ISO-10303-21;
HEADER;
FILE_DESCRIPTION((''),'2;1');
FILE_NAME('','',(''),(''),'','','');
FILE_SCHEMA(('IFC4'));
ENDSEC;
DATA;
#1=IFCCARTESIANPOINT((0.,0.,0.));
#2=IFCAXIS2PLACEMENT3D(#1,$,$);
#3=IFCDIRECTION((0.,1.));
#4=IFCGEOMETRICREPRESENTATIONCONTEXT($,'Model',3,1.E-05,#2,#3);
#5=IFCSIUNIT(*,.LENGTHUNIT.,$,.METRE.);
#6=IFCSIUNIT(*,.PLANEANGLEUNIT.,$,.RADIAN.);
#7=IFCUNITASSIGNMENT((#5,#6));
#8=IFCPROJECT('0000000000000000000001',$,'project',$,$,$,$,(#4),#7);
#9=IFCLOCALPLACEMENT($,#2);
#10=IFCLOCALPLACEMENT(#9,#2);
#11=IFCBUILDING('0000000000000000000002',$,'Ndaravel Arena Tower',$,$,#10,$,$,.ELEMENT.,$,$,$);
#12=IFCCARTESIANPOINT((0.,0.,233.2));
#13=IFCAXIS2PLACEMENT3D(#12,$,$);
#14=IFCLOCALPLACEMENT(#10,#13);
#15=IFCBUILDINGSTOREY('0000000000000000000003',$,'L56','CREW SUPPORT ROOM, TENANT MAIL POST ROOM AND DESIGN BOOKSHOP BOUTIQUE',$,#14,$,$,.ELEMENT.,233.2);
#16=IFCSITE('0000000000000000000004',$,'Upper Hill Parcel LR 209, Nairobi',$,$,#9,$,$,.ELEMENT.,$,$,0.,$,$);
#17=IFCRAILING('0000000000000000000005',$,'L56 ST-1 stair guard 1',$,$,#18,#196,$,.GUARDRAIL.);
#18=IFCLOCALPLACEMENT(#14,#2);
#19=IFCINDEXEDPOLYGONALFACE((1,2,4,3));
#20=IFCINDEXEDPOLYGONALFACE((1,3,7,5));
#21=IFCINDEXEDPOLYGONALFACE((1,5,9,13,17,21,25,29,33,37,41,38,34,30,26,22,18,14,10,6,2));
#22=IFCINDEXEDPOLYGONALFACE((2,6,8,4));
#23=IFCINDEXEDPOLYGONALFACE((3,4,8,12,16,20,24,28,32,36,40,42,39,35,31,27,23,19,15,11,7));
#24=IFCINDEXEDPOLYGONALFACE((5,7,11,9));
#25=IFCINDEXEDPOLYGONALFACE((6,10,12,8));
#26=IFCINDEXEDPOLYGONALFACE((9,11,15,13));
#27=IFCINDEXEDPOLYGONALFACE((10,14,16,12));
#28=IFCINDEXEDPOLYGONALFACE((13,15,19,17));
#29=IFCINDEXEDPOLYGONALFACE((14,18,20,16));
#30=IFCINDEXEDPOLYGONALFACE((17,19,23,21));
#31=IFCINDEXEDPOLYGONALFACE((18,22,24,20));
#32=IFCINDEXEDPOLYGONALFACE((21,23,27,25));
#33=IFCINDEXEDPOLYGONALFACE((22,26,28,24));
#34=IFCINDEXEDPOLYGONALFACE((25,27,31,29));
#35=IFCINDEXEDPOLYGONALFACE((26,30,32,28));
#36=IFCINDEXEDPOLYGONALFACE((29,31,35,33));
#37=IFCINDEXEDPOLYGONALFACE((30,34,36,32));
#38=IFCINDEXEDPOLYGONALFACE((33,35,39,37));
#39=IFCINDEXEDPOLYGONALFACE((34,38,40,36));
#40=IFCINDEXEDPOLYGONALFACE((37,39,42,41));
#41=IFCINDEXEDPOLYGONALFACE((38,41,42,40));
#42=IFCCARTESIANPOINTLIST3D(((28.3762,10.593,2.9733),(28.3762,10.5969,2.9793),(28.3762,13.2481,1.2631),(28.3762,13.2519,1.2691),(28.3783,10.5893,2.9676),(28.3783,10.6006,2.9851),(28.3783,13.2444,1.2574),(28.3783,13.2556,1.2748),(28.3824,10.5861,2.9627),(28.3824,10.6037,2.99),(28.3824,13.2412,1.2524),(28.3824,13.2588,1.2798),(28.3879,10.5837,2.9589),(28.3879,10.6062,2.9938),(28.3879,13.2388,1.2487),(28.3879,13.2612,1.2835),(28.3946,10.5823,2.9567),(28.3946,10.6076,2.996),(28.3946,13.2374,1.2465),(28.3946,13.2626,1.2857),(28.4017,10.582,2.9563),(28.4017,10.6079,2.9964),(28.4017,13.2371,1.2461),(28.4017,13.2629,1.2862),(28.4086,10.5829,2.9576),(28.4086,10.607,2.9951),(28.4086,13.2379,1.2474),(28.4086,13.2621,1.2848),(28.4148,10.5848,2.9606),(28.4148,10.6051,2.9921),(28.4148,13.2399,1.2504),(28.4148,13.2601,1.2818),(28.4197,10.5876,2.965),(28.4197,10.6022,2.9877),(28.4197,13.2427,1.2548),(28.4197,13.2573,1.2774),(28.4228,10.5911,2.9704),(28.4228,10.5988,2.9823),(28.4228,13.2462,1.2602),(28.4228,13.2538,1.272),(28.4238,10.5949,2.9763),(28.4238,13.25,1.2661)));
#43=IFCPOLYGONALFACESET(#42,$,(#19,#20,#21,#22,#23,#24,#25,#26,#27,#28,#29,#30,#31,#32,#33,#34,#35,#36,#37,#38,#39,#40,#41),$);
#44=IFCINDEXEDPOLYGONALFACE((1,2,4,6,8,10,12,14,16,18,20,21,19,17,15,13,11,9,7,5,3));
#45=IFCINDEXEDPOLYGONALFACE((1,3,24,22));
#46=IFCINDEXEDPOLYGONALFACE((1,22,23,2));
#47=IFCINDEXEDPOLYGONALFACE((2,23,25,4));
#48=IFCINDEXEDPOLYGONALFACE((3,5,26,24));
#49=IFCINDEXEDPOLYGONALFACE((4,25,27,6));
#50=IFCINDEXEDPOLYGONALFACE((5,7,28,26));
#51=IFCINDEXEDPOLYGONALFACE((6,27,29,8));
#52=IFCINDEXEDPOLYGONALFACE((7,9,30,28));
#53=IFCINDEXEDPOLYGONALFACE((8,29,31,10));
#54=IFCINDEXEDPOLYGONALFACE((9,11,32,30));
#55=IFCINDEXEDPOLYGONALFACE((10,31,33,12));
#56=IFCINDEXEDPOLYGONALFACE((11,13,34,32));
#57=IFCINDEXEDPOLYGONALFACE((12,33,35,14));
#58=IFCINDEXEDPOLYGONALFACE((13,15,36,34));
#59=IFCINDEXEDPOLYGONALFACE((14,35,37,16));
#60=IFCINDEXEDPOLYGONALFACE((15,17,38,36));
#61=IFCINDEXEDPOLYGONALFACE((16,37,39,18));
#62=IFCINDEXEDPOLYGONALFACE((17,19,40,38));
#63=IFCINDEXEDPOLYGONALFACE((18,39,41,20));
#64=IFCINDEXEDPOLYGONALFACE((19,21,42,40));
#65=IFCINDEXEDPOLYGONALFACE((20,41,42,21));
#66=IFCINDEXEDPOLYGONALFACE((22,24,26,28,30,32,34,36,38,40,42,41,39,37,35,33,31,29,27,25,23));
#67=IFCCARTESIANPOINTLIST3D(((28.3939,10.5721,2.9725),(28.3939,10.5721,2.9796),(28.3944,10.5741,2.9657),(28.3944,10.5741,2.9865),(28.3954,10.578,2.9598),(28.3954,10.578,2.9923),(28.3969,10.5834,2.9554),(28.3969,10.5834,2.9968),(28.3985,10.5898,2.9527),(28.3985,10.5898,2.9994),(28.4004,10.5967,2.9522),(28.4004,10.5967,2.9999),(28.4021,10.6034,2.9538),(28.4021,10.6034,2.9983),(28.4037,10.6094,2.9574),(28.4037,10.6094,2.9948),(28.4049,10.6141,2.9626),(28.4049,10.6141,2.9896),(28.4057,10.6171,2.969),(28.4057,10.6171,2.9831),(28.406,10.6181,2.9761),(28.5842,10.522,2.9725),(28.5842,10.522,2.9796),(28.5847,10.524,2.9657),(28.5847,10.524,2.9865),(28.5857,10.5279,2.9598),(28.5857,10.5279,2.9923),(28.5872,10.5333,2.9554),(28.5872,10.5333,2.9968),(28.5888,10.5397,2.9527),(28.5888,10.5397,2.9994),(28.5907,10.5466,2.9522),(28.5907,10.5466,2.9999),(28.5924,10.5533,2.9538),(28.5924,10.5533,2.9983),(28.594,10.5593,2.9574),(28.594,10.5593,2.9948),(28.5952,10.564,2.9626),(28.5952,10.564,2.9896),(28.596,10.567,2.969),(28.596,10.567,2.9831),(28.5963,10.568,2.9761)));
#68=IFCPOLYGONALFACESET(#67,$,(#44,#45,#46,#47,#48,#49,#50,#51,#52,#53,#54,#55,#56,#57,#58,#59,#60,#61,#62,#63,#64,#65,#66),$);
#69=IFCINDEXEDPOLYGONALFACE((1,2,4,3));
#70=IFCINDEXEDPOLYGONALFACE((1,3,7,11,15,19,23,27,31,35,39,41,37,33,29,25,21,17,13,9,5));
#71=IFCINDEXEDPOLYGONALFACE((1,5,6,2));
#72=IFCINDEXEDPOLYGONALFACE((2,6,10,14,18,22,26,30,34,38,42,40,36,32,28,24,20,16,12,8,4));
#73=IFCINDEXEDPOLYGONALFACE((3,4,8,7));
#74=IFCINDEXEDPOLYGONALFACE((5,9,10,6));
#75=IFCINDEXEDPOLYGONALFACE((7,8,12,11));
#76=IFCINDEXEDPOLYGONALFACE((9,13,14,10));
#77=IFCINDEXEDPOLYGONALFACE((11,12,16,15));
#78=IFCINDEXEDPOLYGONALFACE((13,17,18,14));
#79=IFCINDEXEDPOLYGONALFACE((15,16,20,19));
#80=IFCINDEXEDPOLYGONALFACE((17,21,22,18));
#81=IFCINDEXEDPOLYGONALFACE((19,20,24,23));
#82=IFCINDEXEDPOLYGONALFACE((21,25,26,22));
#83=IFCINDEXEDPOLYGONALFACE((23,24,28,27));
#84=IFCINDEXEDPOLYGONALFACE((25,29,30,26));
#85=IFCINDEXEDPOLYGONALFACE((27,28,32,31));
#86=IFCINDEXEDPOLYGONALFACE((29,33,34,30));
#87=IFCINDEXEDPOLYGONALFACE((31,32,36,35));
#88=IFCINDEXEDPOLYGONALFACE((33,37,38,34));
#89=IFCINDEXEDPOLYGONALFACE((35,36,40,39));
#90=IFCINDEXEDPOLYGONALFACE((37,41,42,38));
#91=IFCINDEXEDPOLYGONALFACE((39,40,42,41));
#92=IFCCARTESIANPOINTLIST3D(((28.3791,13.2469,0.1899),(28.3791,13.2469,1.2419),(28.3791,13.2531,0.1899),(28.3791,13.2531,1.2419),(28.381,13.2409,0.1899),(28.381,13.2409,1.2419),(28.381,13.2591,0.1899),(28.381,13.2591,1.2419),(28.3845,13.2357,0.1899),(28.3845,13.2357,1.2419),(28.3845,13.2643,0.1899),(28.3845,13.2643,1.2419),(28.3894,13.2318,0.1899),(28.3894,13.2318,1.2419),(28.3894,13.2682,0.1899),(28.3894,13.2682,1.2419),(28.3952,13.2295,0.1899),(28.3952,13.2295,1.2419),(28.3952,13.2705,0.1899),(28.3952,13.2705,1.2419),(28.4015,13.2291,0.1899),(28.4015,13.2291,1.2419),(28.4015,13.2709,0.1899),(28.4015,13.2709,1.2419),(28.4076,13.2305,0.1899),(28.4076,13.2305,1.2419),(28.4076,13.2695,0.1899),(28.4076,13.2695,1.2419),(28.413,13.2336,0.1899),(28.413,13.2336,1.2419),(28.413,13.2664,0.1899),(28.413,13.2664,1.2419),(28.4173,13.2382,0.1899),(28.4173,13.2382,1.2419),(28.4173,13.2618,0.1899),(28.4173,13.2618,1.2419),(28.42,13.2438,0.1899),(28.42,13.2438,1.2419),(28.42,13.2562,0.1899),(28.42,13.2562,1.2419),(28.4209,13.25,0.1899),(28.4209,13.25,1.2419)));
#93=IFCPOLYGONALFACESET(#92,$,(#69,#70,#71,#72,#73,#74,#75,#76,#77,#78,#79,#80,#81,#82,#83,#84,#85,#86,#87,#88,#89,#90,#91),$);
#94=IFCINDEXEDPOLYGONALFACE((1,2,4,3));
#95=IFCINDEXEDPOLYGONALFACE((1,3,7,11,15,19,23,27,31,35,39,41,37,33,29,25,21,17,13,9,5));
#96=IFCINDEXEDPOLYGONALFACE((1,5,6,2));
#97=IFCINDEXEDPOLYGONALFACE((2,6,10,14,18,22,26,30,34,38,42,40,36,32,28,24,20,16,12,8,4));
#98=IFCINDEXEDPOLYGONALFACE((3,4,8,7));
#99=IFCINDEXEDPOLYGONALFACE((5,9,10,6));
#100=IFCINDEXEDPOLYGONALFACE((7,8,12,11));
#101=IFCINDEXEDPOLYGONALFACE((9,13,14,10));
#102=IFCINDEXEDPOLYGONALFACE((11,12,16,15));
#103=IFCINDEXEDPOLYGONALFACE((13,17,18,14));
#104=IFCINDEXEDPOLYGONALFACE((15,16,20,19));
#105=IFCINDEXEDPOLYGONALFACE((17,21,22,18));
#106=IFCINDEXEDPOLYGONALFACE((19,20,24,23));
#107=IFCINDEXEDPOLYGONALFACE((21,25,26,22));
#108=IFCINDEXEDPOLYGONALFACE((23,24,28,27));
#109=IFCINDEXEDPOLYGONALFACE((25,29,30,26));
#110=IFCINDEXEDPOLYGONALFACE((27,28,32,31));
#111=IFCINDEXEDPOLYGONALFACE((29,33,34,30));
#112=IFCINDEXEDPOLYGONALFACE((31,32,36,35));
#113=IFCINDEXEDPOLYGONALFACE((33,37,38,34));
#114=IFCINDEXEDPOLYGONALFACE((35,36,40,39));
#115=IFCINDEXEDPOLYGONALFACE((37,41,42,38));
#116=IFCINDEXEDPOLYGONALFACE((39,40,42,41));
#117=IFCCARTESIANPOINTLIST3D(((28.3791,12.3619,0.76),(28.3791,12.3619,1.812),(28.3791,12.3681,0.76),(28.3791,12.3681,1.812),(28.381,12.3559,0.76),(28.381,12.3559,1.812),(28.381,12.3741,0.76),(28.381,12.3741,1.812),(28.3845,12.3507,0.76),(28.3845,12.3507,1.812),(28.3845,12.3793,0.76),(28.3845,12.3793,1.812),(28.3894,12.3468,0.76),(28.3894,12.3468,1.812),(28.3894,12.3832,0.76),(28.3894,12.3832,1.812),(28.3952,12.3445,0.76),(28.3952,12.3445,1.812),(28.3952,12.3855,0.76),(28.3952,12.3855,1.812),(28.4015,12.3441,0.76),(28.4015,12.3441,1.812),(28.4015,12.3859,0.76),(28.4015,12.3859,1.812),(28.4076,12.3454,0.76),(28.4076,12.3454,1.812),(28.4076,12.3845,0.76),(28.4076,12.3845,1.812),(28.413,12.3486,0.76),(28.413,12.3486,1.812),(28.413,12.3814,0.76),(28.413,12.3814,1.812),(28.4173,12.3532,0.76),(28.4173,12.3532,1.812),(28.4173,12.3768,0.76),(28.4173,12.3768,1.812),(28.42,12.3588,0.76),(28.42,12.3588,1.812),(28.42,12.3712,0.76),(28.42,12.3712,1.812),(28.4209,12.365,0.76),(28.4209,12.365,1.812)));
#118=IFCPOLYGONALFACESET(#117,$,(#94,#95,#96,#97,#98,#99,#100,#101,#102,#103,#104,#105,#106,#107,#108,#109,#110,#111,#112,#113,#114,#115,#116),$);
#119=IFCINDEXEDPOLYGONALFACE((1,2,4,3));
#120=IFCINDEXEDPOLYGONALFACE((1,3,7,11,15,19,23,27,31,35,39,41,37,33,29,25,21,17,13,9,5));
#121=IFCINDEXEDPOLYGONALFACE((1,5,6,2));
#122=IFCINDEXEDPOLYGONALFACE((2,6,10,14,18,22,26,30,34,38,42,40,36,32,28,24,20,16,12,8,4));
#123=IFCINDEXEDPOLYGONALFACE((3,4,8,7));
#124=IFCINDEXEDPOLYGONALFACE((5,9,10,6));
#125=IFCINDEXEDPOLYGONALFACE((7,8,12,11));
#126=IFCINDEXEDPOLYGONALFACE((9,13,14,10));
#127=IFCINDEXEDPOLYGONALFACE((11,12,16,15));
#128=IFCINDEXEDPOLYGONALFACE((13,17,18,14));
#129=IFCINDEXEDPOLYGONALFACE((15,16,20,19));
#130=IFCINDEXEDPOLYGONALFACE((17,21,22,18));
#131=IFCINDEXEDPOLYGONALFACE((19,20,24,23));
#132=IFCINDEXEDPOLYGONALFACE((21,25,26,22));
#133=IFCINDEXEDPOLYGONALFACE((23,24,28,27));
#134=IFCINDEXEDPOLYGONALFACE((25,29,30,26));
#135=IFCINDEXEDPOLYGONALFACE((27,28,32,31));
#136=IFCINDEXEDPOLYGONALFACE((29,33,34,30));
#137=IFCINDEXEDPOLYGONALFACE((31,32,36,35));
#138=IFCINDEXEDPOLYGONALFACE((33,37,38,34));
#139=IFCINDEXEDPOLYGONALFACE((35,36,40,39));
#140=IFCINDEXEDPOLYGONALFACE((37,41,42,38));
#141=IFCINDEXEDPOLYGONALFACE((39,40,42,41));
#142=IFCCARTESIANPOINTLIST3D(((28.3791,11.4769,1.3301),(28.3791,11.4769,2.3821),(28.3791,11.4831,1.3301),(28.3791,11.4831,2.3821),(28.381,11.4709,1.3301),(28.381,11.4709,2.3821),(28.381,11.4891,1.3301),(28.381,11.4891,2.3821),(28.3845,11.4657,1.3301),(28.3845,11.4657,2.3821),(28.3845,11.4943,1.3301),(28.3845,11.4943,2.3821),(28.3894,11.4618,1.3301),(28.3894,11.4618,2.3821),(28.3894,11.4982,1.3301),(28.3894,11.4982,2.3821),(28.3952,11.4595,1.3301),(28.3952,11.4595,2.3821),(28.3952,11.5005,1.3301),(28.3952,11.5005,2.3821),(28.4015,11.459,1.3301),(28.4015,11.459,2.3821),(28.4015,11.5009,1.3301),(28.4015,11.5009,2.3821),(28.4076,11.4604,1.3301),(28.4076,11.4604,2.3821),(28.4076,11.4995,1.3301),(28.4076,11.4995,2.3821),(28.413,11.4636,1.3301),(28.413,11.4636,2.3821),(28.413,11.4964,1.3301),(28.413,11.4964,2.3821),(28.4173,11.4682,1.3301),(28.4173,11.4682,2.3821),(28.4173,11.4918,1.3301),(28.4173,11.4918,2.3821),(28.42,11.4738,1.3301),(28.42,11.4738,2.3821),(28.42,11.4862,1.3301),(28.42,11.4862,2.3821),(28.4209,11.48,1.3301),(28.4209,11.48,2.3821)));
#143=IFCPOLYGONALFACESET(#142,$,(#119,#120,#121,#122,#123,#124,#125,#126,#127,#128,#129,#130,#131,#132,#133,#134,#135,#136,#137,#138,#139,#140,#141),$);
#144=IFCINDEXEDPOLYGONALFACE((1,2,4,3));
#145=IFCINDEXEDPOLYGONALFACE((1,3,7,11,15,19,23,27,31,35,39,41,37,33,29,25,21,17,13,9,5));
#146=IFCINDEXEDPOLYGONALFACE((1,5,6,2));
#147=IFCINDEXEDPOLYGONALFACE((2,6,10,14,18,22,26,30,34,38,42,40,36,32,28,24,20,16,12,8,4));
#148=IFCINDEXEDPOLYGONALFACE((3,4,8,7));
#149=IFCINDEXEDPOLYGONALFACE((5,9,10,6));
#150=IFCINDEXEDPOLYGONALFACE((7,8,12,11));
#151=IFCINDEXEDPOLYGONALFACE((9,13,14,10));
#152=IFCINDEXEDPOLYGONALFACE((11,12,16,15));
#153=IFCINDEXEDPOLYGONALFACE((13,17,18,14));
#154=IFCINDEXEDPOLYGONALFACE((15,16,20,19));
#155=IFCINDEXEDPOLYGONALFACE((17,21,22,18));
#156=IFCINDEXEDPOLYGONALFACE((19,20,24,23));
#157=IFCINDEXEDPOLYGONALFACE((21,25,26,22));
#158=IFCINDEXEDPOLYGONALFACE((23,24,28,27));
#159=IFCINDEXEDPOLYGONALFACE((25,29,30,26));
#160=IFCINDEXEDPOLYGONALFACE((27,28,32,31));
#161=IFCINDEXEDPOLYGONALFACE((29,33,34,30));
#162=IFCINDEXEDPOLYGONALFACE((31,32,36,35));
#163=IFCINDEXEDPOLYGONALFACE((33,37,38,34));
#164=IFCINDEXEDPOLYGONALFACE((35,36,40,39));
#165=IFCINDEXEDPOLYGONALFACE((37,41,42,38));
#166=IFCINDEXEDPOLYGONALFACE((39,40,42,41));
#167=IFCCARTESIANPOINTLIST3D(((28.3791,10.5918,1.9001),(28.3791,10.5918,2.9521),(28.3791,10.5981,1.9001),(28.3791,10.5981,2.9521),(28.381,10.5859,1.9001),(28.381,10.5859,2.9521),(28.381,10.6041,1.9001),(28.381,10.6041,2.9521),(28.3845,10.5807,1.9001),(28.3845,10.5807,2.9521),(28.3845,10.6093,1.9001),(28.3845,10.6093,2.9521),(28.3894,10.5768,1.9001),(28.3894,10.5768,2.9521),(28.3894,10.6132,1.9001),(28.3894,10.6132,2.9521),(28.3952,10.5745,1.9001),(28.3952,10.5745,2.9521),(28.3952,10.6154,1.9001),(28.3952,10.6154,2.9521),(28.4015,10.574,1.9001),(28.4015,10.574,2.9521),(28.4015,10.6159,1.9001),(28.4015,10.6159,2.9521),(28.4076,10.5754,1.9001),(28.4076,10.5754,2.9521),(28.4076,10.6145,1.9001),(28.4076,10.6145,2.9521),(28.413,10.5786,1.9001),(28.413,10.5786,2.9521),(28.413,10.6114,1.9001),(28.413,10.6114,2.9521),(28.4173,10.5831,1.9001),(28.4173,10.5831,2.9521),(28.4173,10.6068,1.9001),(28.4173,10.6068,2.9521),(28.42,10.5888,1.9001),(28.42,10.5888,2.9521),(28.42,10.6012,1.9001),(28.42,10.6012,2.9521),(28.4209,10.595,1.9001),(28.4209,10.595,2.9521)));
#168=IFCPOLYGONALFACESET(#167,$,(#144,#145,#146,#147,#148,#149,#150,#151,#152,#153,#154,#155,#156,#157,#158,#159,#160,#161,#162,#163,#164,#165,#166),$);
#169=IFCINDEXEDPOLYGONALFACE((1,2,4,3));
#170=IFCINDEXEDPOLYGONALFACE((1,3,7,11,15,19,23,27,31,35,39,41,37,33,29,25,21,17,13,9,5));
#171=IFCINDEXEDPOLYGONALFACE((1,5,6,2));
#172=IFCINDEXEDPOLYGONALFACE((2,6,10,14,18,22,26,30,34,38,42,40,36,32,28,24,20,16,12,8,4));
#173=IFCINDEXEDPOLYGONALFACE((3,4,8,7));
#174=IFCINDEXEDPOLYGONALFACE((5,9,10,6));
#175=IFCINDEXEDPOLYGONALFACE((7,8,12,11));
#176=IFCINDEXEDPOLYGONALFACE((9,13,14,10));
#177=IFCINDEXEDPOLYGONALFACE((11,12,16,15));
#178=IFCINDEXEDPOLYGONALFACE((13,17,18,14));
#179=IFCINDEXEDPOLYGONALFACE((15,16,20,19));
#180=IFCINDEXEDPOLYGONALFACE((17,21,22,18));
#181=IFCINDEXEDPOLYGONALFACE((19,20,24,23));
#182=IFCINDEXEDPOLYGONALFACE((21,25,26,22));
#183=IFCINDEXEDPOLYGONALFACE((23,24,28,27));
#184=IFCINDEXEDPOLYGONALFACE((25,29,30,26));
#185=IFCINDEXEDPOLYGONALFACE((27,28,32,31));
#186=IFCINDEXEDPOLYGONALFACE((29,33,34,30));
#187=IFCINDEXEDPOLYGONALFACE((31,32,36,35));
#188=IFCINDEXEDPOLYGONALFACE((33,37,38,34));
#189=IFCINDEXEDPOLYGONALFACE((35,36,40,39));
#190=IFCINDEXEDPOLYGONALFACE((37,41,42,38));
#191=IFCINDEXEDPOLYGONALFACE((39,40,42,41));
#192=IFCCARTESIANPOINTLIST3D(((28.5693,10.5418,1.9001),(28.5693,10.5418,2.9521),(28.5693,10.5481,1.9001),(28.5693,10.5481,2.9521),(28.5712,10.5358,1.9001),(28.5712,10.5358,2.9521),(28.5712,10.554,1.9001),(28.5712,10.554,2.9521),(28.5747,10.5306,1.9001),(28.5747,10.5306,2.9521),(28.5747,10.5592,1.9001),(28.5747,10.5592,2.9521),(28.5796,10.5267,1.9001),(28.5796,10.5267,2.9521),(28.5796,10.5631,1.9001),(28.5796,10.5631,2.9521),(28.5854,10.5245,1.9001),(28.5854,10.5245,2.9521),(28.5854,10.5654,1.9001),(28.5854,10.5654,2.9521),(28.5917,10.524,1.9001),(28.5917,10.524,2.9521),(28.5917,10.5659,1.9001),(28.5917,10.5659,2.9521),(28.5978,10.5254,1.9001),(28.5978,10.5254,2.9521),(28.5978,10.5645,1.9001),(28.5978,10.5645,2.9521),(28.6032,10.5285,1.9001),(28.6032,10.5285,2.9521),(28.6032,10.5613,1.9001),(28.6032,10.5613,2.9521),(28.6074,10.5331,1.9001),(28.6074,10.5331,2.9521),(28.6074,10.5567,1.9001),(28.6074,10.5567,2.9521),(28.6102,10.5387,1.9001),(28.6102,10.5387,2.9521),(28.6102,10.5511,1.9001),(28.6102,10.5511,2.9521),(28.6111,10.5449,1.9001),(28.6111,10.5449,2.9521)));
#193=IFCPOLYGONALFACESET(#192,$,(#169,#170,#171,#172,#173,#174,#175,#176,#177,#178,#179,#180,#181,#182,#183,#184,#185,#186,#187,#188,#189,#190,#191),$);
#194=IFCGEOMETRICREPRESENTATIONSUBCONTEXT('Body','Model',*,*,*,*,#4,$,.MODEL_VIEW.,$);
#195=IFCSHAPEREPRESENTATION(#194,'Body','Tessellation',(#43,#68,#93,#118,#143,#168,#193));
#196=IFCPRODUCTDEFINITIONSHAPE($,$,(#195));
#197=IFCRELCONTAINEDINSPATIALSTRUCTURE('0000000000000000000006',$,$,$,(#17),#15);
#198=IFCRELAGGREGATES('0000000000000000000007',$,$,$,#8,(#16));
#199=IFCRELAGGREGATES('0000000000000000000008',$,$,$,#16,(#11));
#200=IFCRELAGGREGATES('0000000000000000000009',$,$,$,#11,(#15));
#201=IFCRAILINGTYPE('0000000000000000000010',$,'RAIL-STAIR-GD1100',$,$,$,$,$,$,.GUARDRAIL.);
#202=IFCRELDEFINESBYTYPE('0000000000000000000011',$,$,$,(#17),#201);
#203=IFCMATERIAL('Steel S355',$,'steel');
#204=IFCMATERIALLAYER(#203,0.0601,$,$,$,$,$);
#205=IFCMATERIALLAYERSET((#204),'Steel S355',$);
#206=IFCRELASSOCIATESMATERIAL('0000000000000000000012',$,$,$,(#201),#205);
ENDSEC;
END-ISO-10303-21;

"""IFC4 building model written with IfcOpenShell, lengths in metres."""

from ifc_helpers import new_model, si_unit, direction, frame, origin, origin_2d, place, context, subcontext, project, spatial, circle, extrude, material, layer, layer_set, type_object, element, save


model = new_model("IFC4")

# Units and contexts
model_context = context("Model", 3, precision=1e-05, world=origin(), true_north=direction((0.0, 1.0)))
body_context = subcontext(model_context, "Body", "Model", "MODEL_VIEW")
ifc_project = project(units=[si_unit("LENGTHUNIT", "METRE"), si_unit("PLANEANGLEUNIT", "RADIAN")], contexts=[model_context])

# Site, building, storey
site_placement = place(None, origin())
site = spatial("IfcSite", under=ifc_project, at=site_placement, Name="Upper Hill Parcel LR 209, Nairobi", CompositionType="ELEMENT", RefElevation=0.0)
building_placement = place(site_placement, origin())
building = spatial("IfcBuilding", under=site, at=building_placement, Name="Ndaravel Arena Tower", CompositionType="ELEMENT")
storey_placement = place(building_placement, frame((0.0, 0.0, 233.2)))
storey = spatial("IfcBuildingStorey", under=building, at=storey_placement, Name="L56", Description="CREW SUPPORT ROOM, TENANT MAIL POST ROOM AND DESIGN BOOKSHOP BOUTIQUE", CompositionType="ELEMENT", Elevation=233.2)

# Railing
ifc_material_1 = material(Name="Steel S355", Category="steel")
ifc_layer_1 = layer(ifc_material_1, 0.0601)
ifc_layer_set_1 = layer_set([ifc_layer_1], Name="Steel S355")
railing_type_1 = type_object("IfcRailingType", Name="RAIL-STAIR-GD1100", PredefinedType="GUARDRAIL", material=ifc_layer_set_1)
railing_1_placement = place(storey_placement, frame((28.3999, 13.25, 0.1899)))
element("IfcRailing", 1, at=railing_1_placement, inside=storey, type_object=railing_type_1, Name="L56 ST-1 stair guard 1", PredefinedType="GUARDRAIL", context=body_context, shape_type="SweptSolid", body=[
    extrude(circle(Radius=0.0239, at=origin_2d()), frame((0.0, 0.0, 1.0762), z_axis=(0.0, -0.840688, 0.541519), x_axis=(1.0, 0.0, 0.0)), (0.0, 0.0, 1.0), 3.1582),
    extrude(circle(Radius=0.0239, at=origin_2d()), frame((0.0, -2.655, 2.7861), z_axis=(0.967075, -0.254493, 0.0), x_axis=(0.254493, 0.967075, 0.0)), (0.0, 0.0, 1.0), 0.1968),
    extrude(circle(Radius=0.021, at=origin_2d()), origin(), (0.0, 0.0, 1.0), 1.052),
    extrude(circle(Radius=0.021, at=origin_2d()), frame((0.0, -0.885, 0.5701)), (0.0, 0.0, 1.0), 1.052),
    extrude(circle(Radius=0.021, at=origin_2d()), frame((0.0, -1.77, 1.1401)), (0.0, 0.0, 1.0), 1.052),
    extrude(circle(Radius=0.021, at=origin_2d()), frame((0.0, -2.655, 1.7102)), (0.0, 0.0, 1.0), 1.052),
    extrude(circle(Radius=0.021, at=origin_2d()), frame((0.1902, -2.7051, 1.7102)), (0.0, 0.0, 1.0), 1.052),
])

save(model, "model.ifc")
